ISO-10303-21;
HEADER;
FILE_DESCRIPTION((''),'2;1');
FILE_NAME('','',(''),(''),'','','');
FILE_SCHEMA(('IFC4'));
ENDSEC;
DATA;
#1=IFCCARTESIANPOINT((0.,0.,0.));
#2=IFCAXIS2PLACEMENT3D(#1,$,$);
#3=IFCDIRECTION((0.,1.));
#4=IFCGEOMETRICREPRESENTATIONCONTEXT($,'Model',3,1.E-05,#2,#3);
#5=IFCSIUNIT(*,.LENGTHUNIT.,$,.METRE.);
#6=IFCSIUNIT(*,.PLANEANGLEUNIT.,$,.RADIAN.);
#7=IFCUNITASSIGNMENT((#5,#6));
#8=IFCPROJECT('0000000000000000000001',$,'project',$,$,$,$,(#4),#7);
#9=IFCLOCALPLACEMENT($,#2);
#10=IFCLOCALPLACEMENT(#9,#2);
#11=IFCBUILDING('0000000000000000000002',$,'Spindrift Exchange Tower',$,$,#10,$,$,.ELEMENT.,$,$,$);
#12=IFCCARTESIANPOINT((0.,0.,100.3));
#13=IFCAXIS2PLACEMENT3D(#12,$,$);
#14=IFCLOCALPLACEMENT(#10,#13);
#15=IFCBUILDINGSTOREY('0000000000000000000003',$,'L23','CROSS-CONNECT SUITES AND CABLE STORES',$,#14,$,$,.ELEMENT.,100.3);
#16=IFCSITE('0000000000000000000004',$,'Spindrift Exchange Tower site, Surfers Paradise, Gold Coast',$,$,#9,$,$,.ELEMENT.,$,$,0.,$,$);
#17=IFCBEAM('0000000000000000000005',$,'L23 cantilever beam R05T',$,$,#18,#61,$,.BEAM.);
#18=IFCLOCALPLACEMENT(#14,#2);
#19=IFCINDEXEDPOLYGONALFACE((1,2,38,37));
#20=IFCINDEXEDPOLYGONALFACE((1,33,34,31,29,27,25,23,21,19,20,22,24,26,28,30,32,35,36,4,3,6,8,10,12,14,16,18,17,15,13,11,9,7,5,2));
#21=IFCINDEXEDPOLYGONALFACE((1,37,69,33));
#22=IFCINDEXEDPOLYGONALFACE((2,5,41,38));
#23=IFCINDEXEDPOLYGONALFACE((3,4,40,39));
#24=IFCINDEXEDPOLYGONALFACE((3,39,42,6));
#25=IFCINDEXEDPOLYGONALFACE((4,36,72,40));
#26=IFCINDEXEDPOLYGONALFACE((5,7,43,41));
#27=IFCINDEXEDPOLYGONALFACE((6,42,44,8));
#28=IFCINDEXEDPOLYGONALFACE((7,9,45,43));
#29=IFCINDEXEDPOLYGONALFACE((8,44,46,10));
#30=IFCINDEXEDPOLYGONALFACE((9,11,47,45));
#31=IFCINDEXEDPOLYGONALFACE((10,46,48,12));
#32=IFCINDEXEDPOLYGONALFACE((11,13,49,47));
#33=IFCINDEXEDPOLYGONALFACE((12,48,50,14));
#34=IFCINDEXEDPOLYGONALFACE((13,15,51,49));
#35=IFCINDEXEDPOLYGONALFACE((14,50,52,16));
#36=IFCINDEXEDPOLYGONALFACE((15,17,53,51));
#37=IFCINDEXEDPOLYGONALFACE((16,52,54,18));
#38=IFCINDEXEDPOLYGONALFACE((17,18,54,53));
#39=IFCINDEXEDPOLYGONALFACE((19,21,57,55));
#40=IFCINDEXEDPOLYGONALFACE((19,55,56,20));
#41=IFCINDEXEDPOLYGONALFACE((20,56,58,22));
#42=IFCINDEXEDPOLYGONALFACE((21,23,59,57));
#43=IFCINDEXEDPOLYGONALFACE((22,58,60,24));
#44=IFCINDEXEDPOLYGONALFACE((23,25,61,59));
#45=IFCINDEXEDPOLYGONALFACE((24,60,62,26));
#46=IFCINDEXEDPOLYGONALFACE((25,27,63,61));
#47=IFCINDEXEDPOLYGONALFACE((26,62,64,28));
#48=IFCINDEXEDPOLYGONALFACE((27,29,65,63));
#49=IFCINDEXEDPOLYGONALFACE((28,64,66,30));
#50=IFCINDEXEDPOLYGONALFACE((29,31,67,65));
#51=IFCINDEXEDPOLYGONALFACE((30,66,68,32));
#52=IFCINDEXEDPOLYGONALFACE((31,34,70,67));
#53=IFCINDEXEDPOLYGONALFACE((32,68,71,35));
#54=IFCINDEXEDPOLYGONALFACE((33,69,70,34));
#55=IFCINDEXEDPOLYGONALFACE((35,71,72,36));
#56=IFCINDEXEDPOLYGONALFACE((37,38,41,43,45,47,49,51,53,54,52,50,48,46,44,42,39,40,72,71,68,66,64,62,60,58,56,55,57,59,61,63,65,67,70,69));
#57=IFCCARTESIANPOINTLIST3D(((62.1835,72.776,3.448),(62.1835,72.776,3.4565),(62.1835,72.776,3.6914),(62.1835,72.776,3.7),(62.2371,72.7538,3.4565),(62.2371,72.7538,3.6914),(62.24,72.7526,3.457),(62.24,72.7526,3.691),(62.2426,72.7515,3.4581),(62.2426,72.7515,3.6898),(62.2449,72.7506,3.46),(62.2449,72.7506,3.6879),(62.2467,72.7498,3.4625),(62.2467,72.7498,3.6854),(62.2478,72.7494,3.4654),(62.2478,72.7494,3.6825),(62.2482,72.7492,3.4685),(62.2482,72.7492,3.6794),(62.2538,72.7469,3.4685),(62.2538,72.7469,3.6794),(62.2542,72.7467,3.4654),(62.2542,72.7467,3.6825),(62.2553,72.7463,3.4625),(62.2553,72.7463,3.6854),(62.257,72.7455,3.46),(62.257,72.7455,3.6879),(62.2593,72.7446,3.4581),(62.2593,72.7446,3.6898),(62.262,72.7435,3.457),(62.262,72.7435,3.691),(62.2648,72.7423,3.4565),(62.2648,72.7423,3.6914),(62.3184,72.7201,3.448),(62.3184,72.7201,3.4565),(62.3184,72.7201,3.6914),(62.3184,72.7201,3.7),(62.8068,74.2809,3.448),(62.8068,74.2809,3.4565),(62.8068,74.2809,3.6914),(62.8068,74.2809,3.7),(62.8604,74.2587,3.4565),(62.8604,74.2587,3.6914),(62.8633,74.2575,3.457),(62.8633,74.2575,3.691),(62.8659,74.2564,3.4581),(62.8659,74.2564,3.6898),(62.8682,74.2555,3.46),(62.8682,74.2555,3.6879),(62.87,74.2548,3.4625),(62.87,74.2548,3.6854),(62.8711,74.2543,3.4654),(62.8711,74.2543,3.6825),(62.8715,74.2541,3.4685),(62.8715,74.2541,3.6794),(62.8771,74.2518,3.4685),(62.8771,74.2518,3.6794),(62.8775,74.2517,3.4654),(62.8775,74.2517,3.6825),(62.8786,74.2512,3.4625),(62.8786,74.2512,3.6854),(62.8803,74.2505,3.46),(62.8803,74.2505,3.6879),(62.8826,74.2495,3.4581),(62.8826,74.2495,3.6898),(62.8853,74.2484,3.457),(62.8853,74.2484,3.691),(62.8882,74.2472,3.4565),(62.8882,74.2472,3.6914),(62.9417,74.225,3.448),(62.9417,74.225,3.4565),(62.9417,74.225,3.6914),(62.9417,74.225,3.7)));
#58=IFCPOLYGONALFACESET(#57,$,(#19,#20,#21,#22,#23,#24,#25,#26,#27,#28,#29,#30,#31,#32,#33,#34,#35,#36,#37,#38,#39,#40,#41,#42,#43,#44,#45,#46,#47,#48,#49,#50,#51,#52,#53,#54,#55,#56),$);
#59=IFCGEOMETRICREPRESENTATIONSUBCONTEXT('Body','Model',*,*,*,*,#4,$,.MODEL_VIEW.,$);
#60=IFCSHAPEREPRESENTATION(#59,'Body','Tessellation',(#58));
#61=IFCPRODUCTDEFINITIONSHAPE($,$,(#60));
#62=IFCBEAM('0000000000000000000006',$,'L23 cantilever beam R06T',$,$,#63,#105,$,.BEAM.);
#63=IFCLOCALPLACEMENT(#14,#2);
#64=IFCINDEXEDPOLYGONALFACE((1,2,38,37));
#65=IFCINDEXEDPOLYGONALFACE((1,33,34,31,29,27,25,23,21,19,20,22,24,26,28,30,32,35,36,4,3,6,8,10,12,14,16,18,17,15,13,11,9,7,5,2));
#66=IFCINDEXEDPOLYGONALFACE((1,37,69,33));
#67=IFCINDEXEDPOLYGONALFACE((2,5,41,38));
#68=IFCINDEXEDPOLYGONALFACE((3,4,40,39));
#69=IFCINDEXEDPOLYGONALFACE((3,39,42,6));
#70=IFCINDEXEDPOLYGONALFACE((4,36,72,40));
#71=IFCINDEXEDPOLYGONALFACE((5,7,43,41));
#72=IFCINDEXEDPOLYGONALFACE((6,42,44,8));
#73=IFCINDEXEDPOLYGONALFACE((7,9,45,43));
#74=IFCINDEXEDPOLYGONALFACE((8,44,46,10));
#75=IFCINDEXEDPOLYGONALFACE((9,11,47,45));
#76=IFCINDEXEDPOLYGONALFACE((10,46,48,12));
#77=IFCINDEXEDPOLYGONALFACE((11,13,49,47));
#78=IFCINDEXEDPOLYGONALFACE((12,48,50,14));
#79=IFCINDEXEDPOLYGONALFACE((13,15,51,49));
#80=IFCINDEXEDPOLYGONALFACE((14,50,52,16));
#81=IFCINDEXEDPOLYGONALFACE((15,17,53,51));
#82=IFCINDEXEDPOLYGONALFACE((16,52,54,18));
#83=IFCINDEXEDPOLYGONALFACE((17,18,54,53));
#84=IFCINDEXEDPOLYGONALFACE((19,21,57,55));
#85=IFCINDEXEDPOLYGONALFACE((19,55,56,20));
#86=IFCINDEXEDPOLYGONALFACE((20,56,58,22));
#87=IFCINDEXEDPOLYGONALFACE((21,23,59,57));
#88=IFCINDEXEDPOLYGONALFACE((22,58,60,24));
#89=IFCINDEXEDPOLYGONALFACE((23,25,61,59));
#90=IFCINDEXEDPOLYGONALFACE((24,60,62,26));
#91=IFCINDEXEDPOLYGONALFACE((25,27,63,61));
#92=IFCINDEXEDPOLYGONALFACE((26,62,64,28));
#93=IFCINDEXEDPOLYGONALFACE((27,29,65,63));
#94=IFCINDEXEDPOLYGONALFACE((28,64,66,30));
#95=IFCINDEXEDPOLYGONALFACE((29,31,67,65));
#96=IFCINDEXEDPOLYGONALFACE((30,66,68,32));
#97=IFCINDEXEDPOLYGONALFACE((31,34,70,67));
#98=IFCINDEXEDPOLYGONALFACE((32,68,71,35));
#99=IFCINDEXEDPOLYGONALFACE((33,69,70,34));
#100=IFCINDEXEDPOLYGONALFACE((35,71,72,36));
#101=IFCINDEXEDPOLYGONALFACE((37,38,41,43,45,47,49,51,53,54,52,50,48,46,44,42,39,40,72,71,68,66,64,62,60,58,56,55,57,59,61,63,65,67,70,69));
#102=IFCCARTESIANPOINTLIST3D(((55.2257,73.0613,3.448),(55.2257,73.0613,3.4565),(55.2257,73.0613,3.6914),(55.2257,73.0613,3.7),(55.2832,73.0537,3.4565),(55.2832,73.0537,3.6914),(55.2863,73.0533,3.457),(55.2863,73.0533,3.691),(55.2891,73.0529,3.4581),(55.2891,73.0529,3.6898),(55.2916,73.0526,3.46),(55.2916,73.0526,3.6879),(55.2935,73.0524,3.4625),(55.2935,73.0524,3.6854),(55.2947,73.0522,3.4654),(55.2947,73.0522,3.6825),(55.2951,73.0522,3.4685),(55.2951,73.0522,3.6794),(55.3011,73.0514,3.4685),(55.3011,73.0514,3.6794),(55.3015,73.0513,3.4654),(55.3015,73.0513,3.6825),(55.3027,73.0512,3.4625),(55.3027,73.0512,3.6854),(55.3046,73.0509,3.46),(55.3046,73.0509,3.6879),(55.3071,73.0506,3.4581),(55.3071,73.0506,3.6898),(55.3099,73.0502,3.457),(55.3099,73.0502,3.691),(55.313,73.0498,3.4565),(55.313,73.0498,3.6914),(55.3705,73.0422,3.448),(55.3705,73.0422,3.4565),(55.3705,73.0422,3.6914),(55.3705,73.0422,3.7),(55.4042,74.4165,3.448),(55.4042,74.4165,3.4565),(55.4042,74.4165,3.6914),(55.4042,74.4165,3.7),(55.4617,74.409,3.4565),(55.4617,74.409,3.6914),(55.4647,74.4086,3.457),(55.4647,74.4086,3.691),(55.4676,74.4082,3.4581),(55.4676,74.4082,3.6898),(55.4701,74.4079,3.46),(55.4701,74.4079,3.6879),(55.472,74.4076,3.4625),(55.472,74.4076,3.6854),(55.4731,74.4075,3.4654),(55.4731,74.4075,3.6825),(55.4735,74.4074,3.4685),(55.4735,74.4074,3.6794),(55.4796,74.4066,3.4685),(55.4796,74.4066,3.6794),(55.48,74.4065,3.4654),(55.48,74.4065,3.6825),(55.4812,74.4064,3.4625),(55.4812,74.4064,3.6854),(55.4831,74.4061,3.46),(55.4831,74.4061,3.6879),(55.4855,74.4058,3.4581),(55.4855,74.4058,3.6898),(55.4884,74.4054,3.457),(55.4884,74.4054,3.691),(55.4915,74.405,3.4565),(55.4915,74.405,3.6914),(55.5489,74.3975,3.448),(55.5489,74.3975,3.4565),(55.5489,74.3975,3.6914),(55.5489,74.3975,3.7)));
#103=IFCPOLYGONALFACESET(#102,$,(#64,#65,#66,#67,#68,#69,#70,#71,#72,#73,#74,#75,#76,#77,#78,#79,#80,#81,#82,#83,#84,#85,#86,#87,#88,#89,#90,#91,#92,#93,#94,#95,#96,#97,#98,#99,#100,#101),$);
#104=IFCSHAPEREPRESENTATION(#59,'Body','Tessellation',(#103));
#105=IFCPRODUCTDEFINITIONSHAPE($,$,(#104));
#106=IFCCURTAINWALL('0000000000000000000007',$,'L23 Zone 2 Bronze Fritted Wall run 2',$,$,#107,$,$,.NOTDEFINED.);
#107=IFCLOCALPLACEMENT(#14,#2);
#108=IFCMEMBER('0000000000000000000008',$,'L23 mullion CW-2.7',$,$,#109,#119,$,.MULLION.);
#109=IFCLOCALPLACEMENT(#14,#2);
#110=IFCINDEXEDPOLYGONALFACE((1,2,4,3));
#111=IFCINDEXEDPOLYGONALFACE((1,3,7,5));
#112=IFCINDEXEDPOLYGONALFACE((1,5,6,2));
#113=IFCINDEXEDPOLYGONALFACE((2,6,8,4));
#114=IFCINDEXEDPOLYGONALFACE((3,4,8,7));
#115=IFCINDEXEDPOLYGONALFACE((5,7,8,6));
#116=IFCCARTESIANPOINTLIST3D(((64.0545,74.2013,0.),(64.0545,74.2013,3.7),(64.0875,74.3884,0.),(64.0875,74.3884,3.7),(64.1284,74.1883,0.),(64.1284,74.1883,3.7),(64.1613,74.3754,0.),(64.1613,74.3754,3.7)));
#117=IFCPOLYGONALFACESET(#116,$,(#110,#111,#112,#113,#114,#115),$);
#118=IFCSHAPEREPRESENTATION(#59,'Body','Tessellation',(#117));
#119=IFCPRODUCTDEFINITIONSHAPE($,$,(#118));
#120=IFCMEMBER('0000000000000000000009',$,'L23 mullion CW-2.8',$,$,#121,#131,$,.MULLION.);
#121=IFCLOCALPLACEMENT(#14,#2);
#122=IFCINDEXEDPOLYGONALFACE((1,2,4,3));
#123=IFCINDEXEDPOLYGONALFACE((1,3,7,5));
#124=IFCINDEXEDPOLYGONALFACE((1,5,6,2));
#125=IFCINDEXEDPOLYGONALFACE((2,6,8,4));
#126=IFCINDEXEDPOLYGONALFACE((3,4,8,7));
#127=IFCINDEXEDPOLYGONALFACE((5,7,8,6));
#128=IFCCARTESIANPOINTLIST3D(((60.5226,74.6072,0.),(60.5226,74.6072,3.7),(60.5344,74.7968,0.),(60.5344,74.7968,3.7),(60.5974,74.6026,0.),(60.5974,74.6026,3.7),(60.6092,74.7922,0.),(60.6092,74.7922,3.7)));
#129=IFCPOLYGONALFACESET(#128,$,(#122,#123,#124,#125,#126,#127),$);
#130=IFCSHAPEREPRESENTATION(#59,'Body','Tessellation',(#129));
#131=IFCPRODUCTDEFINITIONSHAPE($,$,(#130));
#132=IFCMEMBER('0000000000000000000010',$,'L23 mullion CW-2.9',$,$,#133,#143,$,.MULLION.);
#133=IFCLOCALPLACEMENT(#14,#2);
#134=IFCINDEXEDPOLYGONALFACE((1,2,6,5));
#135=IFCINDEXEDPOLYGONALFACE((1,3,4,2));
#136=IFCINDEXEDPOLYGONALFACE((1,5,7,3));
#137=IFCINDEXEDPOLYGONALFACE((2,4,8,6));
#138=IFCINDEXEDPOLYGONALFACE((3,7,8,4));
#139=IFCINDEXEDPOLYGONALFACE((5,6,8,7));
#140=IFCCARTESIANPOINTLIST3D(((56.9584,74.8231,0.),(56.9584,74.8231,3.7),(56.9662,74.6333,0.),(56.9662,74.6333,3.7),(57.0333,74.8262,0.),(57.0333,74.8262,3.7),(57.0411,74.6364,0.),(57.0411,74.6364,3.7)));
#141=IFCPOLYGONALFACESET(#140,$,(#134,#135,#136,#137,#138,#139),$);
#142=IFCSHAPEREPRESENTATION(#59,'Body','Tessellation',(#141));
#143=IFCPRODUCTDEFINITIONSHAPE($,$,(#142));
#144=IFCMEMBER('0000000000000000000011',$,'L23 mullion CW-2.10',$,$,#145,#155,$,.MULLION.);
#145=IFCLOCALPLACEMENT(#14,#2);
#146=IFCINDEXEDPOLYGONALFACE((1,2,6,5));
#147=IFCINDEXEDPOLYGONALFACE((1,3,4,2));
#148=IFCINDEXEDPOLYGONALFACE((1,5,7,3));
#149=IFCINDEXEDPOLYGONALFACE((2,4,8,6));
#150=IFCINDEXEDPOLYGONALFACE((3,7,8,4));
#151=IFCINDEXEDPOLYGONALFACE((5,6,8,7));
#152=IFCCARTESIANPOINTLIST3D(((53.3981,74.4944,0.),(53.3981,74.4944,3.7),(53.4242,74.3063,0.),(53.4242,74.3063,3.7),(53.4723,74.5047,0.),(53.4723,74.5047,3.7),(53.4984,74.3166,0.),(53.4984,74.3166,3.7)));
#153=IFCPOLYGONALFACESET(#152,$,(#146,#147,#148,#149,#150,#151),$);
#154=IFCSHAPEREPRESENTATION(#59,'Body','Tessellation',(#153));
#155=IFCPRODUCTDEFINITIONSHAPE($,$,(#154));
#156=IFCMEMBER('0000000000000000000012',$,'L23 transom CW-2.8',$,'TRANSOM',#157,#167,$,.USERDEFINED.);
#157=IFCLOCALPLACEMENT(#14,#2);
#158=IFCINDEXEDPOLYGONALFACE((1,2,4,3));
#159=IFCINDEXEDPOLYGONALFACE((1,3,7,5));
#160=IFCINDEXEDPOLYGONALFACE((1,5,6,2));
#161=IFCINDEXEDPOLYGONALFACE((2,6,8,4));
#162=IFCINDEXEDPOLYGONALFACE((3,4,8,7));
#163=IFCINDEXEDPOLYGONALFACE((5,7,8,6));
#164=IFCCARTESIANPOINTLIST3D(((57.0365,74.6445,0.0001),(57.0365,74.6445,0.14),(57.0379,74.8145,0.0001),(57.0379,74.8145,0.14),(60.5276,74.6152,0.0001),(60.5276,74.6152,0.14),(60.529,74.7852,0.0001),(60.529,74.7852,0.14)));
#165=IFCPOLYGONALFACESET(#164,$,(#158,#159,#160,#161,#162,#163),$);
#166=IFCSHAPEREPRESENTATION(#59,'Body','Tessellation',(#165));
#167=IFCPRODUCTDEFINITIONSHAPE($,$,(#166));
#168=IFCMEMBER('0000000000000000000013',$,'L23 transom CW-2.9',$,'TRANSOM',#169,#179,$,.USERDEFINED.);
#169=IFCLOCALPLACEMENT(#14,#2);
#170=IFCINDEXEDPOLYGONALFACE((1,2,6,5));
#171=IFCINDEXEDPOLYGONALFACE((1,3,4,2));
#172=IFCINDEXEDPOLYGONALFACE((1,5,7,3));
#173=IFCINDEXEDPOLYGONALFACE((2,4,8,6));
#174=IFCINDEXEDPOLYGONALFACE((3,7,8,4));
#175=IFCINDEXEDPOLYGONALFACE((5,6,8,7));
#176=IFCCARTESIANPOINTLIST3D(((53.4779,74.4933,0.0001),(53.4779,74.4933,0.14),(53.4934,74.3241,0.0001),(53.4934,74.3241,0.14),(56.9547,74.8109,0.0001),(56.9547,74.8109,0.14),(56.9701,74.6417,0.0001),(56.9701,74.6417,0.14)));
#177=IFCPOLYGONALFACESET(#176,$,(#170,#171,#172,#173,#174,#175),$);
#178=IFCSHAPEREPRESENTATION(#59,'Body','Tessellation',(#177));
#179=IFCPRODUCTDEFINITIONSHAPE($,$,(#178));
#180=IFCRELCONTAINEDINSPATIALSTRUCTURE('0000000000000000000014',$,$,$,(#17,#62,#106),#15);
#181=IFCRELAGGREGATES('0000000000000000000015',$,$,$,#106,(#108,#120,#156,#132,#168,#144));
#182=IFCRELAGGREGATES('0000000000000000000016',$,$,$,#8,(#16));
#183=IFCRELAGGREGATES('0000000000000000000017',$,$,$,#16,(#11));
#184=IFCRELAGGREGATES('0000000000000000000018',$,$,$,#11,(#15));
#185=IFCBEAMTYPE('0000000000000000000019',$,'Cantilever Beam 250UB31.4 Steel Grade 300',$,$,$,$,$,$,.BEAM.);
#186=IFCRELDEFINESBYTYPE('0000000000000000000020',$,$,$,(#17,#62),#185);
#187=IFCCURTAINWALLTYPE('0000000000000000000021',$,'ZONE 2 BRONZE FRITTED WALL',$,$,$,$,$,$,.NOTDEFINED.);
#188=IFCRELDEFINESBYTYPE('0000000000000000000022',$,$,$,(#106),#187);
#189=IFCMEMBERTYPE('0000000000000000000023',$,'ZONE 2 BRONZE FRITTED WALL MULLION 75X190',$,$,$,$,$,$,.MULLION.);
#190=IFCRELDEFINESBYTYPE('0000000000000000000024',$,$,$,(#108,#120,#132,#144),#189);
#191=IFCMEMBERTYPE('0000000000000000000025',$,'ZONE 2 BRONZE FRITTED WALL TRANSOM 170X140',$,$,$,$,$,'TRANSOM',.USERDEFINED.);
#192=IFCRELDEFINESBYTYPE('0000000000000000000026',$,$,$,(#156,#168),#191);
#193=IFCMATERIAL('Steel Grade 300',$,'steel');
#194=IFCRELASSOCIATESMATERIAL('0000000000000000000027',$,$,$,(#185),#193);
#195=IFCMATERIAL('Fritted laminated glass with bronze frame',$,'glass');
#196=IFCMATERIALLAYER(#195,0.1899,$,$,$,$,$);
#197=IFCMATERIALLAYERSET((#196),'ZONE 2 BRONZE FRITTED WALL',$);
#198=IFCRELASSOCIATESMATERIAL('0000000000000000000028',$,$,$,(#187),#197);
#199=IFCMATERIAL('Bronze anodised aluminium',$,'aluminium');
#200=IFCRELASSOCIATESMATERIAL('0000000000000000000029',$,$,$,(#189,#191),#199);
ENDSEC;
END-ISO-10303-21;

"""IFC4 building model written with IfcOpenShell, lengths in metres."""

from ifc_helpers import new_model, si_unit, direction, frame, origin, origin_2d, place, context, subcontext, project, spatial, rectangle, i_section, extrude, source, transform, mapped, material, layer, layer_set, material_profile, profile_set, type_object, element, aggregate, save


model = new_model("IFC4")

# Units and contexts
model_context = context("Model", 3, precision=1e-05, world=origin(), true_north=direction((0.0, 1.0)))
body_context = subcontext(model_context, "Body", "Model", "MODEL_VIEW")
ifc_project = project(units=[si_unit("LENGTHUNIT", "METRE"), si_unit("PLANEANGLEUNIT", "RADIAN")], contexts=[model_context])

# Site, building, storey
site_placement = place(None, origin())
site = spatial("IfcSite", under=ifc_project, at=site_placement, Name="Spindrift Exchange Tower site, Surfers Paradise, Gold Coast", CompositionType="ELEMENT", RefElevation=0.0)
building_placement = place(site_placement, origin())
building = spatial("IfcBuilding", under=site, at=building_placement, Name="Spindrift Exchange Tower", CompositionType="ELEMENT")
storey_placement = place(building_placement, frame((0.0, 0.0, 100.3)))
storey = spatial("IfcBuildingStorey", under=building, at=storey_placement, Name="L23", Description="CROSS-CONNECT SUITES AND CABLE STORES", CompositionType="ELEMENT", Elevation=100.3)

# Beams
ifc_material_1 = material(Name="Steel Grade 300", Category="steel")
ifc_material_profile_1 = material_profile(ifc_material_1, i_section(OverallWidth=0.146, OverallDepth=0.252, WebThickness=0.0061, FlangeThickness=0.0085, FilletRadius=0.012, at=origin_2d()), Name="250UB31.4")
ifc_profile_set_1 = profile_set([ifc_material_profile_1], Name="Steel Grade 300")
beam_type_1 = type_object("IfcBeamType", Name="Cantilever Beam 250UB31.4 Steel Grade 300", PredefinedType="BEAM", material=ifc_profile_set_1)
shared_shape_1 = source(origin(), body_context, "Body", "SweptSolid", [
    extrude(i_section(OverallWidth=0.146, OverallDepth=0.252, WebThickness=0.0061, FlangeThickness=0.0085, FilletRadius=0.012, at=origin_2d()), origin(), (0.0, 0.0, 1.0), 1.6289),
])
beam_1_placement = place(storey_placement, frame((62.251, 72.748, 3.574), z_axis=(0.382656, 0.923891, 0.0), x_axis=(-0.923891, 0.382656, 0.0)))
element("IfcBeam", 1, at=beam_1_placement, inside=storey, type_object=beam_type_1, Name="L23 cantilever beam R05T", PredefinedType="BEAM", context=body_context, shape_type="MappedRepresentation", body=[
    mapped(shared_shape_1, transform((0.0, 0.0, 0.0), scale=1.0)),
])
shared_shape_2 = source(origin(), body_context, "Body", "SweptSolid", [
    extrude(i_section(OverallWidth=0.146, OverallDepth=0.252, WebThickness=0.0061, FlangeThickness=0.0085, FilletRadius=0.012, at=origin_2d()), origin(), (0.0, 0.0, 1.0), 1.3669),
])
beam_2_placement = place(storey_placement, frame((55.2981, 73.0518, 3.574), z_axis=(0.130561, 0.99144, 0.0), x_axis=(-0.99144, 0.130561, 0.0)))
element("IfcBeam", 2, at=beam_2_placement, inside=storey, type_object=beam_type_1, Name="L23 cantilever beam R06T", PredefinedType="BEAM", context=body_context, shape_type="MappedRepresentation", body=[
    mapped(shared_shape_2, transform((0.0, 0.0, 0.0), scale=1.0)),
])

# Curtain wall, members
ifc_material_2 = material(Name="Fritted laminated glass with bronze frame", Category="glass")
ifc_layer_1 = layer(ifc_material_2, 0.1899)
ifc_layer_set_1 = layer_set([ifc_layer_1], Name="ZONE 2 BRONZE FRITTED WALL")
curtain_wall_type = type_object("IfcCurtainWallType", Name="ZONE 2 BRONZE FRITTED WALL", PredefinedType="NOTDEFINED", material=ifc_layer_set_1)
curtain_wall_1_placement = place(storey_placement, origin())
curtain_wall_1 = element("IfcCurtainWall", 3, at=curtain_wall_1_placement, inside=storey, type_object=curtain_wall_type, Name="L23 Zone 2 Bronze Fritted Wall run 2", PredefinedType="NOTDEFINED")
ifc_material_3 = material(Name="Bronze anodised aluminium", Category="aluminium")
ifc_material_profile_2 = material_profile(ifc_material_3, rectangle(XDim=0.075, YDim=0.1899, at=origin_2d()), Name="ZONE 2 BRONZE FRITTED WALL MULLION 75X190")
ifc_profile_set_2 = profile_set([ifc_material_profile_2], Name="Bronze anodised aluminium")
member_type_1 = type_object("IfcMemberType", Name="ZONE 2 BRONZE FRITTED WALL MULLION 75X190", PredefinedType="MULLION", material=ifc_profile_set_2)
shared_shape_3 = source(origin(), body_context, "Body", "SweptSolid", [
    extrude(rectangle(XDim=0.075, YDim=0.1899, at=origin_2d()), origin(), (0.0, 0.0, 1.0), 3.7),
])
member_1_placement = place(storey_placement, frame((64.1079, 74.2883, 0.0), z_axis=(0.0, 0.0, 1.0), x_axis=(-0.984868, 0.173308, 0.0)))
member_1 = element("IfcMember", 4, at=member_1_placement, type_object=member_type_1, Name="L23 mullion CW-2.7", PredefinedType="MULLION", context=body_context, shape_type="MappedRepresentation", body=[
    mapped(shared_shape_3, transform((0.0, 0.0, 0.0), scale=1.0)),
])
member_2_placement = place(storey_placement, frame((60.5659, 74.6997, 0.0), z_axis=(0.0, 0.0, 1.0), x_axis=(-0.998078, 0.061966, 0.0)))
member_2 = element("IfcMember", 5, at=member_2_placement, type_object=member_type_1, Name="L23 mullion CW-2.8", PredefinedType="MULLION", context=body_context, shape_type="MappedRepresentation", body=[
    mapped(shared_shape_3, transform((0.0, 0.0, 0.0), scale=1.0)),
])
member_3_placement = place(storey_placement, frame((56.9998, 74.7297, 0.0), z_axis=(0.0, 0.0, 1.0), x_axis=(-0.999146, -0.041325, 0.0)))
member_3 = element("IfcMember", 6, at=member_3_placement, type_object=member_type_1, Name="L23 mullion CW-2.9", PredefinedType="MULLION", context=body_context, shape_type="MappedRepresentation", body=[
    mapped(shared_shape_3, transform((0.0, 0.0, 0.0), scale=1.0)),
])
member_4_placement = place(storey_placement, frame((53.4482, 74.4055, 0.0), z_axis=(0.0, 0.0, 1.0), x_axis=(-0.990519, -0.137374, 0.0)))
member_4 = element("IfcMember", 7, at=member_4_placement, type_object=member_type_1, Name="L23 mullion CW-2.10", PredefinedType="MULLION", context=body_context, shape_type="MappedRepresentation", body=[
    mapped(shared_shape_3, transform((0.0, 0.0, 0.0), scale=1.0)),
])
ifc_material_profile_3 = material_profile(ifc_material_3, rectangle(XDim=0.1699, YDim=0.1399, at=origin_2d()), Name="ZONE 2 BRONZE FRITTED WALL TRANSOM 170X140")
ifc_profile_set_3 = profile_set([ifc_material_profile_3], Name="Bronze anodised aluminium")
member_type_2 = type_object("IfcMemberType", Name="ZONE 2 BRONZE FRITTED WALL TRANSOM 170X140", ElementType="TRANSOM", PredefinedType="USERDEFINED", material=ifc_profile_set_3)
shared_shape_4 = source(origin(), body_context, "Body", "SweptSolid", [
    extrude(rectangle(XDim=0.1699, YDim=0.1399, at=origin_2d()), origin(), (0.0, 0.0, 1.0), 3.4912),
])
member_5_placement = place(storey_placement, frame((60.5283, 74.7002, 0.0701), z_axis=(-0.999965, 0.008392, 0.0), x_axis=(-0.008392, -0.999965, 0.0)))
member_5 = element("IfcMember", 8, at=member_5_placement, type_object=member_type_2, Name="L23 transom CW-2.8", ObjectType="TRANSOM", PredefinedType="USERDEFINED", context=body_context, shape_type="MappedRepresentation", body=[
    mapped(shared_shape_4, transform((0.0, 0.0, 0.0), scale=1.0)),
])
member_6_placement = place(storey_placement, frame((56.9624, 74.7263, 0.0701), z_axis=(-0.995853, -0.090977, 0.0), x_axis=(0.090977, -0.995853, 0.0)))
member_6 = element("IfcMember", 9, at=member_6_placement, type_object=member_type_2, Name="L23 transom CW-2.9", ObjectType="TRANSOM", PredefinedType="USERDEFINED", context=body_context, shape_type="MappedRepresentation", body=[
    mapped(shared_shape_4, transform((0.0, 0.0, 0.0), scale=1.0)),
])

aggregate(curtain_wall_1, [member_1, member_2, member_5, member_3, member_6, member_4])

save(model, "model.ifc")
